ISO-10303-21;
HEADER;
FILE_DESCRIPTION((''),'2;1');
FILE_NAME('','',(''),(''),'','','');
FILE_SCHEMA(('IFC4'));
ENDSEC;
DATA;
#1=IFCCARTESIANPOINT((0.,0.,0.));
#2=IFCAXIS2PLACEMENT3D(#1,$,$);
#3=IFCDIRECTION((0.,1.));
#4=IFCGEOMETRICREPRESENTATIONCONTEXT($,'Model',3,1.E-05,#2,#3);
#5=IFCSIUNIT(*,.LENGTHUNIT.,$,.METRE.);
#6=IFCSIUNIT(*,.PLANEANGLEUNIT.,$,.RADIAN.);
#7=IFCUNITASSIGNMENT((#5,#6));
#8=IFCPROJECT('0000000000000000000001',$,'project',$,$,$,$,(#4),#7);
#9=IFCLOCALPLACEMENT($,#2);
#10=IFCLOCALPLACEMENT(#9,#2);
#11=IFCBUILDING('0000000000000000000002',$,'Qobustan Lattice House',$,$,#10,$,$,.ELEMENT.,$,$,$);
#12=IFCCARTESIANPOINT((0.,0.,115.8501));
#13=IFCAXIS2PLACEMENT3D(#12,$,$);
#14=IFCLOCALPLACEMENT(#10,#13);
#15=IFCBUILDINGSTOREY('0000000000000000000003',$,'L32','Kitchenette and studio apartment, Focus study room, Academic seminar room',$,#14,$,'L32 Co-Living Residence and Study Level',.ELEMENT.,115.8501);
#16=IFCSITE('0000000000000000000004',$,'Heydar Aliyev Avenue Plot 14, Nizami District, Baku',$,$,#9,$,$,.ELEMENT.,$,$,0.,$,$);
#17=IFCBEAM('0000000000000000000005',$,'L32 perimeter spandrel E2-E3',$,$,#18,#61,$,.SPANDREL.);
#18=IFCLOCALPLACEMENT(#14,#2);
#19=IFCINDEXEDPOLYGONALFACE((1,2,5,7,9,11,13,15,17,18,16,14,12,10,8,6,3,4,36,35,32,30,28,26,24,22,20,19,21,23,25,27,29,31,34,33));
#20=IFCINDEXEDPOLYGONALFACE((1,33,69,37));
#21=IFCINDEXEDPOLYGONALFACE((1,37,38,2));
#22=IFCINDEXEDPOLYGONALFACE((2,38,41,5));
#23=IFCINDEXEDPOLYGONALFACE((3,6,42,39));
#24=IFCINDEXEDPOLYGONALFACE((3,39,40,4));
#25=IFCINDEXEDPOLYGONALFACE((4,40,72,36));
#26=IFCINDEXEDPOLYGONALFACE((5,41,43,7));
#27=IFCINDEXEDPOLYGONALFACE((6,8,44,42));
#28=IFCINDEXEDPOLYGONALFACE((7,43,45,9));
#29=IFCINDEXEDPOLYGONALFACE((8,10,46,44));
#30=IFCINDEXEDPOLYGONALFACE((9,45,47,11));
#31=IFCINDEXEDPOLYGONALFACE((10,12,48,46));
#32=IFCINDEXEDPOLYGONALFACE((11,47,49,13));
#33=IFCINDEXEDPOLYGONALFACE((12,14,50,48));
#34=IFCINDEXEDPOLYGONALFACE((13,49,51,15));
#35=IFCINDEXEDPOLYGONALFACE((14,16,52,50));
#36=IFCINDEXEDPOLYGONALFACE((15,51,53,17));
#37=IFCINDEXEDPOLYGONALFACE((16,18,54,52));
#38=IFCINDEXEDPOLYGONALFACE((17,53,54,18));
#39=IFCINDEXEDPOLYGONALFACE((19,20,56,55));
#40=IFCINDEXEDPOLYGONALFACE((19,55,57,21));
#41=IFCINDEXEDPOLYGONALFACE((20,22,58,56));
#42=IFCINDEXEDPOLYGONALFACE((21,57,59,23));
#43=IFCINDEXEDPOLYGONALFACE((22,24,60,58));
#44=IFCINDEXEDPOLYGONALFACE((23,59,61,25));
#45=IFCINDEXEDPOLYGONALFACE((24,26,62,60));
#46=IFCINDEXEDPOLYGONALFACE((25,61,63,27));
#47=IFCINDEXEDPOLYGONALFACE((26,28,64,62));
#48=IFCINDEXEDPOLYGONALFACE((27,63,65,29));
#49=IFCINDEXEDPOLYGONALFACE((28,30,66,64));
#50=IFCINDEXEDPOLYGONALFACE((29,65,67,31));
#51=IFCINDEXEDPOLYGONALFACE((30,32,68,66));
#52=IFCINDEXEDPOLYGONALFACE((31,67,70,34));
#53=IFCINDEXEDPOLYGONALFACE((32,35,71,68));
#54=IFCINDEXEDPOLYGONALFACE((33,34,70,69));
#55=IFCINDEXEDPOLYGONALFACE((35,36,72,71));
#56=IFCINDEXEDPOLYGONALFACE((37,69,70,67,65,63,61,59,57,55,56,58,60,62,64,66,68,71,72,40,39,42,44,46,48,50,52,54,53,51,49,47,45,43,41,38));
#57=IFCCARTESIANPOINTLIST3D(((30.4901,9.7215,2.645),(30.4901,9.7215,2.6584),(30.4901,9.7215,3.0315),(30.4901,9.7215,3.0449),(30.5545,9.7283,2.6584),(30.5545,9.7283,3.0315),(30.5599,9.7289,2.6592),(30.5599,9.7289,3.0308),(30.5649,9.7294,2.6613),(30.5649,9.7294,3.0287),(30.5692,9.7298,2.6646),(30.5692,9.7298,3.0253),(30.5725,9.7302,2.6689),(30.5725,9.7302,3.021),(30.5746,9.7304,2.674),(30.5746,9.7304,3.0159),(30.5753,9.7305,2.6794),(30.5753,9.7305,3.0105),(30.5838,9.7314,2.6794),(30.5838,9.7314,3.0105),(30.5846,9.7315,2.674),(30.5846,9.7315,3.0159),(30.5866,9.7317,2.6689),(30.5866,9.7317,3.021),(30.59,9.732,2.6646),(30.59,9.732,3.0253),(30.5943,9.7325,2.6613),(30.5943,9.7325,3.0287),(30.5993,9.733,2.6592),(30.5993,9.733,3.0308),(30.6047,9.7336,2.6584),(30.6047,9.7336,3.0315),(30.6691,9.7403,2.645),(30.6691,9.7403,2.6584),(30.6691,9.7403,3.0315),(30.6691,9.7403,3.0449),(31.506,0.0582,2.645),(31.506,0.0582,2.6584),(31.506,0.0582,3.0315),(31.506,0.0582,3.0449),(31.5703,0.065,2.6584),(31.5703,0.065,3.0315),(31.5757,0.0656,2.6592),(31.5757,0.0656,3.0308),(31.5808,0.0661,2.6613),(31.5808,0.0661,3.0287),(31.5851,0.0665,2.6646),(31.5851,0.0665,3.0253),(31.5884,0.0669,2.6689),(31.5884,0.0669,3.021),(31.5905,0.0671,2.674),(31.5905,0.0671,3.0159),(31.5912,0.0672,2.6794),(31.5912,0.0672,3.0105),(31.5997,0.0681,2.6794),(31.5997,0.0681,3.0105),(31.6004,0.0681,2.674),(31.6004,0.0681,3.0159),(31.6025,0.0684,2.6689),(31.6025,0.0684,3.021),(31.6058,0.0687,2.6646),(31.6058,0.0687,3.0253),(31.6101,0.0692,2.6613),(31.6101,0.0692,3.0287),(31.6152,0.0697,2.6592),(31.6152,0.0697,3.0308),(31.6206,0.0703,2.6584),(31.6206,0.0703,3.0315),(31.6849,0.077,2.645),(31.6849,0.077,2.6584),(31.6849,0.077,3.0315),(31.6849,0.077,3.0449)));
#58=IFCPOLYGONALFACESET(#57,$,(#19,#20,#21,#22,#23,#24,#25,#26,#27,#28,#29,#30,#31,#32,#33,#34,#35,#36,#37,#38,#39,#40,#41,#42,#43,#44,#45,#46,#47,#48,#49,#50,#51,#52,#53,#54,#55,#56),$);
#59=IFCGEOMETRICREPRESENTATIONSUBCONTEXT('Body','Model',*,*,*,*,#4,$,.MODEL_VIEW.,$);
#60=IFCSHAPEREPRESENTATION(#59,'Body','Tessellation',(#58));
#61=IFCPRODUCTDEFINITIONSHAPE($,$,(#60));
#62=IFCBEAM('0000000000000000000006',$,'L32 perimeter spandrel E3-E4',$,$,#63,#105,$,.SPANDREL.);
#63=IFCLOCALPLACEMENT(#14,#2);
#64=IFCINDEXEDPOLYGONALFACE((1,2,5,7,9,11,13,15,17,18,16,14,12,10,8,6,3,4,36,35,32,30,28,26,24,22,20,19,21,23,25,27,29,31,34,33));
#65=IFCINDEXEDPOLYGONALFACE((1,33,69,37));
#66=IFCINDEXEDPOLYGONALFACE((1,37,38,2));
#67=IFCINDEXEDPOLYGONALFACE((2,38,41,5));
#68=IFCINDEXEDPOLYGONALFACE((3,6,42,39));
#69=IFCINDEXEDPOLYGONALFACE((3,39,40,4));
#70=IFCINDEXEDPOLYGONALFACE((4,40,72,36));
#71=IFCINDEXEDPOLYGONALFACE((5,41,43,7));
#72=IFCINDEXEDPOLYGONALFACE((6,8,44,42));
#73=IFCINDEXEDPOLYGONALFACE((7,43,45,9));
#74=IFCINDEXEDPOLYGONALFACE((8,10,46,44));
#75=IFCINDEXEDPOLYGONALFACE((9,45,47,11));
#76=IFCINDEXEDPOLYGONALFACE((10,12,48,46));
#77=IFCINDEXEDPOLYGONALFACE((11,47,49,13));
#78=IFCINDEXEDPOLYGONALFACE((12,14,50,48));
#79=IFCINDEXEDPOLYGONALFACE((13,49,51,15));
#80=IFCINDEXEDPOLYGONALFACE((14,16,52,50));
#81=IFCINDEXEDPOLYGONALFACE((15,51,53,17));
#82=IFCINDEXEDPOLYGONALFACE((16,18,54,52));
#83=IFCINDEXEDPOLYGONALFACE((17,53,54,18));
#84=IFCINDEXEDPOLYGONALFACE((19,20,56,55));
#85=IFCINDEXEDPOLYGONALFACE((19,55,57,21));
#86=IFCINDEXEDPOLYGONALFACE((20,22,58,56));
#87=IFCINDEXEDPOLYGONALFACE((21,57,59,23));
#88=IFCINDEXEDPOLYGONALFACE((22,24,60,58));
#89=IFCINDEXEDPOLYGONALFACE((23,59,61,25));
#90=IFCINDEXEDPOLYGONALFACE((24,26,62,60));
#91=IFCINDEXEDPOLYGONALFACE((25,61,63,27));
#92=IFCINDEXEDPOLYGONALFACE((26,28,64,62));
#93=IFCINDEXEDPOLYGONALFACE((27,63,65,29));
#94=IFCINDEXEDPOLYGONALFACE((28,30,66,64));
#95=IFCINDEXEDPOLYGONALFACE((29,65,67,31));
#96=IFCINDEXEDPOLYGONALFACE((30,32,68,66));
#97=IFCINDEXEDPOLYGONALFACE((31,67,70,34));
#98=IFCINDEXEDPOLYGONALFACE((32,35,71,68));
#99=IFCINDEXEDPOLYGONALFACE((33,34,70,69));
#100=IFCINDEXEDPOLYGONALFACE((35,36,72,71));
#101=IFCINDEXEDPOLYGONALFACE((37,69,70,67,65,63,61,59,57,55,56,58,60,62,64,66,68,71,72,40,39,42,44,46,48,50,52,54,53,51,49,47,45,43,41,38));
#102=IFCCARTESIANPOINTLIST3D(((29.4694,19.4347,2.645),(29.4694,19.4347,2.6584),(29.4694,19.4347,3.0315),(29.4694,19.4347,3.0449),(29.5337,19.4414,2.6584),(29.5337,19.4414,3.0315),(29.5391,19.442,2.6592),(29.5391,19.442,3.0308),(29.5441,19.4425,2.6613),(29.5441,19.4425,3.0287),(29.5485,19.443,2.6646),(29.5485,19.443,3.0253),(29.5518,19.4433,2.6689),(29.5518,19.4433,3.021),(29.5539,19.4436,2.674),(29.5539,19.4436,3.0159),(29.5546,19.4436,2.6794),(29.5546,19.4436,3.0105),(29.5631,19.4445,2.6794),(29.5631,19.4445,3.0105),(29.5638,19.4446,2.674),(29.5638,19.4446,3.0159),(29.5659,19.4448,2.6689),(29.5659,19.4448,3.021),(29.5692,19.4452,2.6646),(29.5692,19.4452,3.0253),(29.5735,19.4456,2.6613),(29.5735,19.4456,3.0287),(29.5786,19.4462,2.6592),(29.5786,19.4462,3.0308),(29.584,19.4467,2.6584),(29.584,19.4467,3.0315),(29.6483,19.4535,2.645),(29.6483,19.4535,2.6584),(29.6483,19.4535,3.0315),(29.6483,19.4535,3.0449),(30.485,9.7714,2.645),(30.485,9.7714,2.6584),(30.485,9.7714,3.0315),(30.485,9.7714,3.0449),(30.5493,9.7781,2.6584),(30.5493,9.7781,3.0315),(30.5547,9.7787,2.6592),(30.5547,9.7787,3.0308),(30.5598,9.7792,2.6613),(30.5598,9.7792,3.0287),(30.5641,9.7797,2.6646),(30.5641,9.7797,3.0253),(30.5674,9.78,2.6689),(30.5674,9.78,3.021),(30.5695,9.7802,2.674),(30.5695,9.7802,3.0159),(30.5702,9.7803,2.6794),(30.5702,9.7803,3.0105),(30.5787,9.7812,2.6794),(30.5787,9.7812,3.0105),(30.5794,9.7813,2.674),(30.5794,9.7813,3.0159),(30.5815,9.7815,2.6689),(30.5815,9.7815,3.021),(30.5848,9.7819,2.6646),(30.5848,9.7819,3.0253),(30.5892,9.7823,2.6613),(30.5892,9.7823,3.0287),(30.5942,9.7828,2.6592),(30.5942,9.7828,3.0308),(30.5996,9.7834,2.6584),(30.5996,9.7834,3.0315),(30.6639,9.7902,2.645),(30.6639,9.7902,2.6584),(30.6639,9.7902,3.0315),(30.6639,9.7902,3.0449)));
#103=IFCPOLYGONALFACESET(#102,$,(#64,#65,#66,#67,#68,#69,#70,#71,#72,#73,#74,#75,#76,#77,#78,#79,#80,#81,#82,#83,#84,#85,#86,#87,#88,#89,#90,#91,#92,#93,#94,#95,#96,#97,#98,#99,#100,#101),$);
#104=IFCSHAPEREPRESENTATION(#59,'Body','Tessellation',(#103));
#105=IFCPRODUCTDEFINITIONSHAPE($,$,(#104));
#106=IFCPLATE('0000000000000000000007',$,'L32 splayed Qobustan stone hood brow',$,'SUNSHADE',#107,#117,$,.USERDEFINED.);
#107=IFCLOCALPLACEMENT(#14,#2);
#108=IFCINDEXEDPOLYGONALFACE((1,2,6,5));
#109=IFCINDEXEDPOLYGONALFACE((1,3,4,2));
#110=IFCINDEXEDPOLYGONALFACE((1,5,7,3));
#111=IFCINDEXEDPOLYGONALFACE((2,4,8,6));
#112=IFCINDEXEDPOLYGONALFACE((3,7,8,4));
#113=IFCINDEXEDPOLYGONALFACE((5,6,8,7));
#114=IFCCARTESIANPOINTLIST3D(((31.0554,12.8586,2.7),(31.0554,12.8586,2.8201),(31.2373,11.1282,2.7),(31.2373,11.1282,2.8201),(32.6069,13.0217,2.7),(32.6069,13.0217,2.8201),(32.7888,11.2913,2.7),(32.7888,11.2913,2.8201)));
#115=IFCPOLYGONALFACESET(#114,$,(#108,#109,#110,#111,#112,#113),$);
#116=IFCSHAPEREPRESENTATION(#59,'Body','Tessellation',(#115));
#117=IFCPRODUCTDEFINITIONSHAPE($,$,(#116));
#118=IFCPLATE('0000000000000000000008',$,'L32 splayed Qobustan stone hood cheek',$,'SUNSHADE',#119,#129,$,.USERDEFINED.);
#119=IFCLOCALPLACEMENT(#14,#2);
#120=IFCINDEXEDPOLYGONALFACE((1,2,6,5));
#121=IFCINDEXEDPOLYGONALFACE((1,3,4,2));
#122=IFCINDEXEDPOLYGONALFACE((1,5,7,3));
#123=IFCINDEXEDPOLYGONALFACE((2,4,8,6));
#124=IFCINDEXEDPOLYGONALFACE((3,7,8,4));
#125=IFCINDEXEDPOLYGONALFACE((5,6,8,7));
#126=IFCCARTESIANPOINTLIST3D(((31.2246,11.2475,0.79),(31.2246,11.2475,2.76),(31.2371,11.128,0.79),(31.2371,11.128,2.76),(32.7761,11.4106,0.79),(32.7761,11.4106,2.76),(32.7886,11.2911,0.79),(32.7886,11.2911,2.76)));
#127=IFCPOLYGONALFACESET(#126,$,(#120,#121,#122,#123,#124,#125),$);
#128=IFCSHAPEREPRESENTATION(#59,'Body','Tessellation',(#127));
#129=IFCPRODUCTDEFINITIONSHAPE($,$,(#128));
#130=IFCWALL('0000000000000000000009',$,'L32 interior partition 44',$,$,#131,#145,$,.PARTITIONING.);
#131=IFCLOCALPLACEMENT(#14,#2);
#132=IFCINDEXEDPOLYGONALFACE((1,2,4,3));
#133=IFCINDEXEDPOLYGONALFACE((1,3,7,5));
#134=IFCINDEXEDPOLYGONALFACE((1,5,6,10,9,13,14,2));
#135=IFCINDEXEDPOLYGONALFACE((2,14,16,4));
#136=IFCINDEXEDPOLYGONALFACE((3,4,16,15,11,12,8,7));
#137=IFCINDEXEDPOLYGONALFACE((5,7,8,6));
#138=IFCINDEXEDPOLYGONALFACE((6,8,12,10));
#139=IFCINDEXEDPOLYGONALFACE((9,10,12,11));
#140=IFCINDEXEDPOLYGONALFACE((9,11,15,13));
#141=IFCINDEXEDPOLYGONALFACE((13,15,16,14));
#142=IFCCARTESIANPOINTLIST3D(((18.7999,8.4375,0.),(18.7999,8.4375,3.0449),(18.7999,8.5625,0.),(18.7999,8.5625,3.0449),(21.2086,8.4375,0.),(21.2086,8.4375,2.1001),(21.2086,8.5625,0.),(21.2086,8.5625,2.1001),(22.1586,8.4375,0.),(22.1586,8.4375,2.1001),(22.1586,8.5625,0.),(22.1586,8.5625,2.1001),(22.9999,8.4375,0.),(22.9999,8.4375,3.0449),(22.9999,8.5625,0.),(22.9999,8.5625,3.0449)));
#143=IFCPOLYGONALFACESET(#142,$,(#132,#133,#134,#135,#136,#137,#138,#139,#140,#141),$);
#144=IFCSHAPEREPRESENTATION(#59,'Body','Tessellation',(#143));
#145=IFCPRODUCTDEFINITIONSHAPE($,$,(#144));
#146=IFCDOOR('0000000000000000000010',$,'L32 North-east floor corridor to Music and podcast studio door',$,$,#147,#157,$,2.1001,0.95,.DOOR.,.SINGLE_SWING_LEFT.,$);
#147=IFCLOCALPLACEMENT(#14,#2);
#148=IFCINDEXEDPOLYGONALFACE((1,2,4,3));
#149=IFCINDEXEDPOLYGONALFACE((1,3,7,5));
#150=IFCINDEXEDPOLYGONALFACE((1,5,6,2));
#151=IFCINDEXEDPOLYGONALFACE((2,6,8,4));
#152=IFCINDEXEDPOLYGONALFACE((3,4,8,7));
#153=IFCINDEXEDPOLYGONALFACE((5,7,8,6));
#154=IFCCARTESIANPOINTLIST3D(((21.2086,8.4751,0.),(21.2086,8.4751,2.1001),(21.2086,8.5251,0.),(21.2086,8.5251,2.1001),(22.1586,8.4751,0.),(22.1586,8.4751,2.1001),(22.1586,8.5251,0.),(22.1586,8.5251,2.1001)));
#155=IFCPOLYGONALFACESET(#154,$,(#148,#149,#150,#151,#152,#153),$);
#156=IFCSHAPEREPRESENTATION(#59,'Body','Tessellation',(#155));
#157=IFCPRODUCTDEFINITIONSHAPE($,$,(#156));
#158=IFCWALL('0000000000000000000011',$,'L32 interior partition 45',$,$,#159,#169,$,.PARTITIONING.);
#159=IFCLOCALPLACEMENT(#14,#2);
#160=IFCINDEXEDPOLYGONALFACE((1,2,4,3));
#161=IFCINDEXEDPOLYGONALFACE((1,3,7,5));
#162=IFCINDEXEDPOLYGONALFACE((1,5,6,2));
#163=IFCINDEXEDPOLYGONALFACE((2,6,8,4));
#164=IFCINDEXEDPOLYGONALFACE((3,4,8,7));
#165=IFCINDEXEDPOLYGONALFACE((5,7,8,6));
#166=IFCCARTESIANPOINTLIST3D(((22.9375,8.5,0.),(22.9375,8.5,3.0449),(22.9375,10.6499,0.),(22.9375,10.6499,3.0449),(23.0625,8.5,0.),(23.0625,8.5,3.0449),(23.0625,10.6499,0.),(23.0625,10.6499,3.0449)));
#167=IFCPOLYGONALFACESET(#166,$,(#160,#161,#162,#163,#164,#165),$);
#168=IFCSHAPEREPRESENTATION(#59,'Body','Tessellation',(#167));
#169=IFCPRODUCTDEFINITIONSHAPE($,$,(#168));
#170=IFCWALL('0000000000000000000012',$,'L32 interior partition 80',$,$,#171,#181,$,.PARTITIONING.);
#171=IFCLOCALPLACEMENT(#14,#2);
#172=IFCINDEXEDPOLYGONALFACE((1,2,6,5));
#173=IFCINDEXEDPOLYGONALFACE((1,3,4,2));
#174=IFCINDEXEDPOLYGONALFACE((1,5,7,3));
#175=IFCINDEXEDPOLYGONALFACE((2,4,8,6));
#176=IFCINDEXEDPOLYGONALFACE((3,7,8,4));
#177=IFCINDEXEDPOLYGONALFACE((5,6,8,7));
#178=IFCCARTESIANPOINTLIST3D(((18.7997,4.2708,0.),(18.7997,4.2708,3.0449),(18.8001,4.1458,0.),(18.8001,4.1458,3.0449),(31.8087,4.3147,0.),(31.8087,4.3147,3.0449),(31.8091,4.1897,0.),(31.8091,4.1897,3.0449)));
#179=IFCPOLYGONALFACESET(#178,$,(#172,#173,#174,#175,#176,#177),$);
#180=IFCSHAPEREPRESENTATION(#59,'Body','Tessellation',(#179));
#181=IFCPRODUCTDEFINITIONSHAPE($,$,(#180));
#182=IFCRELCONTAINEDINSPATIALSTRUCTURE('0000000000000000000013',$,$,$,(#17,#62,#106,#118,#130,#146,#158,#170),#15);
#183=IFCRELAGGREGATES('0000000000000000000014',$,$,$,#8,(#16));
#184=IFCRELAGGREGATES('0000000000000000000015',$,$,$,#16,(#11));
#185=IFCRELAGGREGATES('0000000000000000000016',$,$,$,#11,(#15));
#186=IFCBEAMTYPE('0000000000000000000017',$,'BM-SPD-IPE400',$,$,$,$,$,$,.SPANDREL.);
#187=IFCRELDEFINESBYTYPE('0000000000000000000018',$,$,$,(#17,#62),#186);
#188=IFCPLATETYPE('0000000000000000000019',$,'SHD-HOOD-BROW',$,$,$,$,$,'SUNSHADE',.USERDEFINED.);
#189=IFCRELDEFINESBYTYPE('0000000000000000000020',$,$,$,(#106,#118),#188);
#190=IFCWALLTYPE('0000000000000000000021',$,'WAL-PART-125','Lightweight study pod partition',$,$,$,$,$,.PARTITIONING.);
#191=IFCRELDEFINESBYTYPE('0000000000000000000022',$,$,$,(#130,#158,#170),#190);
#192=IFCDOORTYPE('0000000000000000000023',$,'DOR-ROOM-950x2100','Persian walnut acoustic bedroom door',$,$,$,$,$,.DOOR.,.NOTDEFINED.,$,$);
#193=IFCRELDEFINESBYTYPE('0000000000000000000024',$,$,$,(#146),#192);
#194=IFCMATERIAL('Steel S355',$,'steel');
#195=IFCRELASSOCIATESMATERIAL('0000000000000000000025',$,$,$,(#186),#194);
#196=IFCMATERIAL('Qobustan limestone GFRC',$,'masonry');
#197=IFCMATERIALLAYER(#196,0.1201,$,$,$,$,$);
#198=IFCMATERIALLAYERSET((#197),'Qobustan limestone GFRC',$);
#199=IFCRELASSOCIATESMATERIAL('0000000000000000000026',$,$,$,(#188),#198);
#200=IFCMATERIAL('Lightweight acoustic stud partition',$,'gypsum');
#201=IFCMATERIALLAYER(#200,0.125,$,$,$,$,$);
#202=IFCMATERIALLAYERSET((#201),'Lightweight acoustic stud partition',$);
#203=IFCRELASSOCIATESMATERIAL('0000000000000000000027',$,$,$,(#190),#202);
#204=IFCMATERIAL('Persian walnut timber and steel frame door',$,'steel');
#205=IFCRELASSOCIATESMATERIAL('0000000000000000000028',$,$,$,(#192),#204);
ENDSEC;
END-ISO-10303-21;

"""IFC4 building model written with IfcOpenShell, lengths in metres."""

from ifc_helpers import new_model, si_unit, direction, frame, frame_2d, origin, origin_2d, place, context, subcontext, project, spatial, rectangle, i_section, extrude, material, layer, layer_set, material_profile, profile_set, type_object, element, fill, save


model = new_model("IFC4")

# Units and contexts
model_context = context("Model", 3, precision=1e-05, world=origin(), true_north=direction((0.0, 1.0)))
body_context = subcontext(model_context, "Body", "Model", "MODEL_VIEW")
ifc_project = project(units=[si_unit("LENGTHUNIT", "METRE"), si_unit("PLANEANGLEUNIT", "RADIAN")], contexts=[model_context])

# Site, building, storey
site_placement = place(None, origin())
site = spatial("IfcSite", under=ifc_project, at=site_placement, Name="Heydar Aliyev Avenue Plot 14, Nizami District, Baku", CompositionType="ELEMENT", RefElevation=0.0)
building_placement = place(site_placement, origin())
building = spatial("IfcBuilding", under=site, at=building_placement, Name="Qobustan Lattice House", CompositionType="ELEMENT")
storey_placement = place(building_placement, frame((0.0, 0.0, 115.8501)))
storey = spatial("IfcBuildingStorey", under=building, at=storey_placement, Name="L32", Description="Kitchenette and studio apartment, Focus study room, Academic seminar room", LongName="L32 Co-Living Residence and Study Level", CompositionType="ELEMENT", Elevation=115.8501)

# Beams
ifc_material_1 = material(Name="Steel S355", Category="steel")
ifc_material_profile_1 = material_profile(ifc_material_1, i_section(OverallWidth=0.1799, OverallDepth=0.3999, WebThickness=0.0085, FlangeThickness=0.0134, FilletRadius=0.021, at=origin_2d()), Name="IPE400")
ifc_profile_set_1 = profile_set([ifc_material_profile_1], Name="Steel S355")
beam_type_1 = type_object("IfcBeamType", Name="BM-SPD-IPE400", PredefinedType="SPANDREL", material=ifc_profile_set_1)
for number, where, z_axis, x_axis, name in (
    (1, (31.5955, 0.0676, 2.845), (-0.10455, 0.99452, 0.0), (-0.99452, -0.10455, 0.0), "L32 perimeter spandrel E2-E3"),
    (2, (30.5745, 9.7808, 2.845), (-0.104525, 0.994522, 0.0), (-0.994522, -0.104525, 0.0), "L32 perimeter spandrel E3-E4"),
):
    element("IfcBeam", number, at=place(storey_placement, frame(where, z_axis=z_axis, x_axis=x_axis)), inside=storey, type_object=beam_type_1, Name=name, PredefinedType="SPANDREL", context=body_context, shape_type="SweptSolid", body=[
        extrude(i_section(OverallWidth=0.1799, OverallDepth=0.3999, WebThickness=0.0085, FlangeThickness=0.0134, FilletRadius=0.021, at=origin_2d()), origin(), (0.0, 0.0, 1.0), 9.7166),
    ])

# Plates
ifc_material_2 = material(Name="Qobustan limestone GFRC", Category="masonry")
ifc_layer_1 = layer(ifc_material_2, 0.1201)
ifc_layer_set_1 = layer_set([ifc_layer_1], Name="Qobustan limestone GFRC")
plate_type = type_object("IfcPlateType", Name="SHD-HOOD-BROW", ElementType="SUNSHADE", PredefinedType="USERDEFINED", material=ifc_layer_set_1)
plate_1_placement = place(storey_placement, frame((31.9221, 12.075, 2.7), z_axis=(0.0, 0.0, 1.0), x_axis=(0.104528, -0.994522, 0.0)))
element("IfcPlate", 3, at=plate_1_placement, inside=storey, type_object=plate_type, Name="L32 splayed Qobustan stone hood brow", ObjectType="SUNSHADE", PredefinedType="USERDEFINED", context=body_context, shape_type="SweptSolid", body=[
    extrude(rectangle(XDim=1.74, YDim=1.5601, at=origin_2d()), origin(), (0.0, 0.0, 1.0), 0.1201),
])
plate_2_placement = place(storey_placement, frame((32.0066, 11.2693, 0.79), z_axis=(0.0, 0.0, 1.0), x_axis=(0.104528, -0.994522, 0.0)))
element("IfcPlate", 4, at=plate_2_placement, inside=storey, type_object=plate_type, Name="L32 splayed Qobustan stone hood cheek", ObjectType="SUNSHADE", PredefinedType="USERDEFINED", context=body_context, shape_type="SweptSolid", body=[
    extrude(rectangle(XDim=0.1201, YDim=1.5601, at=origin_2d()), origin(), (0.0, 0.0, 1.0), 1.97),
])

# Wall, opening, door
ifc_material_3 = material(Name="Lightweight acoustic stud partition", Category="gypsum")
ifc_layer_2 = layer(ifc_material_3, 0.125)
ifc_layer_set_2 = layer_set([ifc_layer_2], Name="Lightweight acoustic stud partition")
wall_type_1 = type_object("IfcWallType", Name="WAL-PART-125", Description="Lightweight study pod partition", PredefinedType="PARTITIONING", material=ifc_layer_set_2)
wall_1_placement = place(storey_placement, frame((23.0, 8.5, 0.0), z_axis=(0.0, 0.0, 1.0), x_axis=(-1.0, 0.0, 0.0)))
wall_1 = element("IfcWall", 5, at=wall_1_placement, inside=storey, type_object=wall_type_1, Name="L32 interior partition 44", PredefinedType="PARTITIONING", context=body_context, shape_type="SweptSolid", body=[
    extrude(rectangle(XDim=4.2, YDim=0.125, at=frame_2d((2.1001, 0.0))), origin(), (0.0, 0.0, 1.0), 3.0449),
])
opening_1_placement = place(wall_1_placement, frame((0.8413, 0.0, 0.0)))
opening_1 = element("IfcOpeningElement", 6, at=opening_1_placement, cuts=wall_1, PredefinedType="OPENING", context=body_context, shape_type="SweptSolid", body=[
    extrude(rectangle(XDim=0.95, YDim=2.1001, at=frame_2d((0.4751, 1.05))), frame((0.0, 0.0725, 0.0), z_axis=(0.0, -1.0, 0.0), x_axis=(1.0, 0.0, 0.0)), (0.0, 0.0, 1.0), 0.145),
])
ifc_material_4 = material(Name="Persian walnut timber and steel frame door", Category="steel")
door_type_1 = type_object("IfcDoorType", Name="DOR-ROOM-950x2100", Description="Persian walnut acoustic bedroom door", OperationType="NOTDEFINED", PredefinedType="DOOR", material=ifc_material_4)
door_1_placement = place(opening_1_placement, origin())
door_1 = element("IfcDoor", 7, at=door_1_placement, inside=storey, type_object=door_type_1, Name="L32 North-east floor corridor to Music and podcast studio door", OperationType="SINGLE_SWING_LEFT", OverallHeight=2.1001, OverallWidth=0.95, PredefinedType="DOOR", context=body_context, shape_type="SweptSolid", body=[
    extrude(rectangle(XDim=0.95, YDim=2.1001, at=frame_2d((0.4751, 1.05))), frame((0.0, 0.0249, 0.0), z_axis=(0.0, -1.0, 0.0), x_axis=(1.0, 0.0, 0.0)), (0.0, 0.0, 1.0), 0.05),
])
fill(opening_1, door_1)

# Walls
wall_2_placement = place(storey_placement, frame((23.0, 10.6499, 0.0), z_axis=(0.0, 0.0, 1.0), x_axis=(0.0, -1.0, 0.0)))
element("IfcWall", 8, at=wall_2_placement, inside=storey, type_object=wall_type_1, Name="L32 interior partition 45", PredefinedType="PARTITIONING", context=body_context, shape_type="SweptSolid", body=[
    extrude(rectangle(XDim=2.1499, YDim=0.125, at=frame_2d((1.075, 0.0))), origin(), (0.0, 0.0, 1.0), 3.0449),
])
wall_3_placement = place(storey_placement, frame((18.8, 4.2083, 0.0), z_axis=(0.0, 0.0, 1.0), x_axis=(0.999994, 0.003378, 0.0)))
element("IfcWall", 9, at=wall_3_placement, inside=storey, type_object=wall_type_1, Name="L32 interior partition 80", PredefinedType="PARTITIONING", context=body_context, shape_type="SweptSolid", body=[
    extrude(rectangle(XDim=13.009, YDim=0.125, at=frame_2d((6.5044, 0.0))), origin(), (0.0, 0.0, 1.0), 3.0449),
])

save(model, "model.ifc")
